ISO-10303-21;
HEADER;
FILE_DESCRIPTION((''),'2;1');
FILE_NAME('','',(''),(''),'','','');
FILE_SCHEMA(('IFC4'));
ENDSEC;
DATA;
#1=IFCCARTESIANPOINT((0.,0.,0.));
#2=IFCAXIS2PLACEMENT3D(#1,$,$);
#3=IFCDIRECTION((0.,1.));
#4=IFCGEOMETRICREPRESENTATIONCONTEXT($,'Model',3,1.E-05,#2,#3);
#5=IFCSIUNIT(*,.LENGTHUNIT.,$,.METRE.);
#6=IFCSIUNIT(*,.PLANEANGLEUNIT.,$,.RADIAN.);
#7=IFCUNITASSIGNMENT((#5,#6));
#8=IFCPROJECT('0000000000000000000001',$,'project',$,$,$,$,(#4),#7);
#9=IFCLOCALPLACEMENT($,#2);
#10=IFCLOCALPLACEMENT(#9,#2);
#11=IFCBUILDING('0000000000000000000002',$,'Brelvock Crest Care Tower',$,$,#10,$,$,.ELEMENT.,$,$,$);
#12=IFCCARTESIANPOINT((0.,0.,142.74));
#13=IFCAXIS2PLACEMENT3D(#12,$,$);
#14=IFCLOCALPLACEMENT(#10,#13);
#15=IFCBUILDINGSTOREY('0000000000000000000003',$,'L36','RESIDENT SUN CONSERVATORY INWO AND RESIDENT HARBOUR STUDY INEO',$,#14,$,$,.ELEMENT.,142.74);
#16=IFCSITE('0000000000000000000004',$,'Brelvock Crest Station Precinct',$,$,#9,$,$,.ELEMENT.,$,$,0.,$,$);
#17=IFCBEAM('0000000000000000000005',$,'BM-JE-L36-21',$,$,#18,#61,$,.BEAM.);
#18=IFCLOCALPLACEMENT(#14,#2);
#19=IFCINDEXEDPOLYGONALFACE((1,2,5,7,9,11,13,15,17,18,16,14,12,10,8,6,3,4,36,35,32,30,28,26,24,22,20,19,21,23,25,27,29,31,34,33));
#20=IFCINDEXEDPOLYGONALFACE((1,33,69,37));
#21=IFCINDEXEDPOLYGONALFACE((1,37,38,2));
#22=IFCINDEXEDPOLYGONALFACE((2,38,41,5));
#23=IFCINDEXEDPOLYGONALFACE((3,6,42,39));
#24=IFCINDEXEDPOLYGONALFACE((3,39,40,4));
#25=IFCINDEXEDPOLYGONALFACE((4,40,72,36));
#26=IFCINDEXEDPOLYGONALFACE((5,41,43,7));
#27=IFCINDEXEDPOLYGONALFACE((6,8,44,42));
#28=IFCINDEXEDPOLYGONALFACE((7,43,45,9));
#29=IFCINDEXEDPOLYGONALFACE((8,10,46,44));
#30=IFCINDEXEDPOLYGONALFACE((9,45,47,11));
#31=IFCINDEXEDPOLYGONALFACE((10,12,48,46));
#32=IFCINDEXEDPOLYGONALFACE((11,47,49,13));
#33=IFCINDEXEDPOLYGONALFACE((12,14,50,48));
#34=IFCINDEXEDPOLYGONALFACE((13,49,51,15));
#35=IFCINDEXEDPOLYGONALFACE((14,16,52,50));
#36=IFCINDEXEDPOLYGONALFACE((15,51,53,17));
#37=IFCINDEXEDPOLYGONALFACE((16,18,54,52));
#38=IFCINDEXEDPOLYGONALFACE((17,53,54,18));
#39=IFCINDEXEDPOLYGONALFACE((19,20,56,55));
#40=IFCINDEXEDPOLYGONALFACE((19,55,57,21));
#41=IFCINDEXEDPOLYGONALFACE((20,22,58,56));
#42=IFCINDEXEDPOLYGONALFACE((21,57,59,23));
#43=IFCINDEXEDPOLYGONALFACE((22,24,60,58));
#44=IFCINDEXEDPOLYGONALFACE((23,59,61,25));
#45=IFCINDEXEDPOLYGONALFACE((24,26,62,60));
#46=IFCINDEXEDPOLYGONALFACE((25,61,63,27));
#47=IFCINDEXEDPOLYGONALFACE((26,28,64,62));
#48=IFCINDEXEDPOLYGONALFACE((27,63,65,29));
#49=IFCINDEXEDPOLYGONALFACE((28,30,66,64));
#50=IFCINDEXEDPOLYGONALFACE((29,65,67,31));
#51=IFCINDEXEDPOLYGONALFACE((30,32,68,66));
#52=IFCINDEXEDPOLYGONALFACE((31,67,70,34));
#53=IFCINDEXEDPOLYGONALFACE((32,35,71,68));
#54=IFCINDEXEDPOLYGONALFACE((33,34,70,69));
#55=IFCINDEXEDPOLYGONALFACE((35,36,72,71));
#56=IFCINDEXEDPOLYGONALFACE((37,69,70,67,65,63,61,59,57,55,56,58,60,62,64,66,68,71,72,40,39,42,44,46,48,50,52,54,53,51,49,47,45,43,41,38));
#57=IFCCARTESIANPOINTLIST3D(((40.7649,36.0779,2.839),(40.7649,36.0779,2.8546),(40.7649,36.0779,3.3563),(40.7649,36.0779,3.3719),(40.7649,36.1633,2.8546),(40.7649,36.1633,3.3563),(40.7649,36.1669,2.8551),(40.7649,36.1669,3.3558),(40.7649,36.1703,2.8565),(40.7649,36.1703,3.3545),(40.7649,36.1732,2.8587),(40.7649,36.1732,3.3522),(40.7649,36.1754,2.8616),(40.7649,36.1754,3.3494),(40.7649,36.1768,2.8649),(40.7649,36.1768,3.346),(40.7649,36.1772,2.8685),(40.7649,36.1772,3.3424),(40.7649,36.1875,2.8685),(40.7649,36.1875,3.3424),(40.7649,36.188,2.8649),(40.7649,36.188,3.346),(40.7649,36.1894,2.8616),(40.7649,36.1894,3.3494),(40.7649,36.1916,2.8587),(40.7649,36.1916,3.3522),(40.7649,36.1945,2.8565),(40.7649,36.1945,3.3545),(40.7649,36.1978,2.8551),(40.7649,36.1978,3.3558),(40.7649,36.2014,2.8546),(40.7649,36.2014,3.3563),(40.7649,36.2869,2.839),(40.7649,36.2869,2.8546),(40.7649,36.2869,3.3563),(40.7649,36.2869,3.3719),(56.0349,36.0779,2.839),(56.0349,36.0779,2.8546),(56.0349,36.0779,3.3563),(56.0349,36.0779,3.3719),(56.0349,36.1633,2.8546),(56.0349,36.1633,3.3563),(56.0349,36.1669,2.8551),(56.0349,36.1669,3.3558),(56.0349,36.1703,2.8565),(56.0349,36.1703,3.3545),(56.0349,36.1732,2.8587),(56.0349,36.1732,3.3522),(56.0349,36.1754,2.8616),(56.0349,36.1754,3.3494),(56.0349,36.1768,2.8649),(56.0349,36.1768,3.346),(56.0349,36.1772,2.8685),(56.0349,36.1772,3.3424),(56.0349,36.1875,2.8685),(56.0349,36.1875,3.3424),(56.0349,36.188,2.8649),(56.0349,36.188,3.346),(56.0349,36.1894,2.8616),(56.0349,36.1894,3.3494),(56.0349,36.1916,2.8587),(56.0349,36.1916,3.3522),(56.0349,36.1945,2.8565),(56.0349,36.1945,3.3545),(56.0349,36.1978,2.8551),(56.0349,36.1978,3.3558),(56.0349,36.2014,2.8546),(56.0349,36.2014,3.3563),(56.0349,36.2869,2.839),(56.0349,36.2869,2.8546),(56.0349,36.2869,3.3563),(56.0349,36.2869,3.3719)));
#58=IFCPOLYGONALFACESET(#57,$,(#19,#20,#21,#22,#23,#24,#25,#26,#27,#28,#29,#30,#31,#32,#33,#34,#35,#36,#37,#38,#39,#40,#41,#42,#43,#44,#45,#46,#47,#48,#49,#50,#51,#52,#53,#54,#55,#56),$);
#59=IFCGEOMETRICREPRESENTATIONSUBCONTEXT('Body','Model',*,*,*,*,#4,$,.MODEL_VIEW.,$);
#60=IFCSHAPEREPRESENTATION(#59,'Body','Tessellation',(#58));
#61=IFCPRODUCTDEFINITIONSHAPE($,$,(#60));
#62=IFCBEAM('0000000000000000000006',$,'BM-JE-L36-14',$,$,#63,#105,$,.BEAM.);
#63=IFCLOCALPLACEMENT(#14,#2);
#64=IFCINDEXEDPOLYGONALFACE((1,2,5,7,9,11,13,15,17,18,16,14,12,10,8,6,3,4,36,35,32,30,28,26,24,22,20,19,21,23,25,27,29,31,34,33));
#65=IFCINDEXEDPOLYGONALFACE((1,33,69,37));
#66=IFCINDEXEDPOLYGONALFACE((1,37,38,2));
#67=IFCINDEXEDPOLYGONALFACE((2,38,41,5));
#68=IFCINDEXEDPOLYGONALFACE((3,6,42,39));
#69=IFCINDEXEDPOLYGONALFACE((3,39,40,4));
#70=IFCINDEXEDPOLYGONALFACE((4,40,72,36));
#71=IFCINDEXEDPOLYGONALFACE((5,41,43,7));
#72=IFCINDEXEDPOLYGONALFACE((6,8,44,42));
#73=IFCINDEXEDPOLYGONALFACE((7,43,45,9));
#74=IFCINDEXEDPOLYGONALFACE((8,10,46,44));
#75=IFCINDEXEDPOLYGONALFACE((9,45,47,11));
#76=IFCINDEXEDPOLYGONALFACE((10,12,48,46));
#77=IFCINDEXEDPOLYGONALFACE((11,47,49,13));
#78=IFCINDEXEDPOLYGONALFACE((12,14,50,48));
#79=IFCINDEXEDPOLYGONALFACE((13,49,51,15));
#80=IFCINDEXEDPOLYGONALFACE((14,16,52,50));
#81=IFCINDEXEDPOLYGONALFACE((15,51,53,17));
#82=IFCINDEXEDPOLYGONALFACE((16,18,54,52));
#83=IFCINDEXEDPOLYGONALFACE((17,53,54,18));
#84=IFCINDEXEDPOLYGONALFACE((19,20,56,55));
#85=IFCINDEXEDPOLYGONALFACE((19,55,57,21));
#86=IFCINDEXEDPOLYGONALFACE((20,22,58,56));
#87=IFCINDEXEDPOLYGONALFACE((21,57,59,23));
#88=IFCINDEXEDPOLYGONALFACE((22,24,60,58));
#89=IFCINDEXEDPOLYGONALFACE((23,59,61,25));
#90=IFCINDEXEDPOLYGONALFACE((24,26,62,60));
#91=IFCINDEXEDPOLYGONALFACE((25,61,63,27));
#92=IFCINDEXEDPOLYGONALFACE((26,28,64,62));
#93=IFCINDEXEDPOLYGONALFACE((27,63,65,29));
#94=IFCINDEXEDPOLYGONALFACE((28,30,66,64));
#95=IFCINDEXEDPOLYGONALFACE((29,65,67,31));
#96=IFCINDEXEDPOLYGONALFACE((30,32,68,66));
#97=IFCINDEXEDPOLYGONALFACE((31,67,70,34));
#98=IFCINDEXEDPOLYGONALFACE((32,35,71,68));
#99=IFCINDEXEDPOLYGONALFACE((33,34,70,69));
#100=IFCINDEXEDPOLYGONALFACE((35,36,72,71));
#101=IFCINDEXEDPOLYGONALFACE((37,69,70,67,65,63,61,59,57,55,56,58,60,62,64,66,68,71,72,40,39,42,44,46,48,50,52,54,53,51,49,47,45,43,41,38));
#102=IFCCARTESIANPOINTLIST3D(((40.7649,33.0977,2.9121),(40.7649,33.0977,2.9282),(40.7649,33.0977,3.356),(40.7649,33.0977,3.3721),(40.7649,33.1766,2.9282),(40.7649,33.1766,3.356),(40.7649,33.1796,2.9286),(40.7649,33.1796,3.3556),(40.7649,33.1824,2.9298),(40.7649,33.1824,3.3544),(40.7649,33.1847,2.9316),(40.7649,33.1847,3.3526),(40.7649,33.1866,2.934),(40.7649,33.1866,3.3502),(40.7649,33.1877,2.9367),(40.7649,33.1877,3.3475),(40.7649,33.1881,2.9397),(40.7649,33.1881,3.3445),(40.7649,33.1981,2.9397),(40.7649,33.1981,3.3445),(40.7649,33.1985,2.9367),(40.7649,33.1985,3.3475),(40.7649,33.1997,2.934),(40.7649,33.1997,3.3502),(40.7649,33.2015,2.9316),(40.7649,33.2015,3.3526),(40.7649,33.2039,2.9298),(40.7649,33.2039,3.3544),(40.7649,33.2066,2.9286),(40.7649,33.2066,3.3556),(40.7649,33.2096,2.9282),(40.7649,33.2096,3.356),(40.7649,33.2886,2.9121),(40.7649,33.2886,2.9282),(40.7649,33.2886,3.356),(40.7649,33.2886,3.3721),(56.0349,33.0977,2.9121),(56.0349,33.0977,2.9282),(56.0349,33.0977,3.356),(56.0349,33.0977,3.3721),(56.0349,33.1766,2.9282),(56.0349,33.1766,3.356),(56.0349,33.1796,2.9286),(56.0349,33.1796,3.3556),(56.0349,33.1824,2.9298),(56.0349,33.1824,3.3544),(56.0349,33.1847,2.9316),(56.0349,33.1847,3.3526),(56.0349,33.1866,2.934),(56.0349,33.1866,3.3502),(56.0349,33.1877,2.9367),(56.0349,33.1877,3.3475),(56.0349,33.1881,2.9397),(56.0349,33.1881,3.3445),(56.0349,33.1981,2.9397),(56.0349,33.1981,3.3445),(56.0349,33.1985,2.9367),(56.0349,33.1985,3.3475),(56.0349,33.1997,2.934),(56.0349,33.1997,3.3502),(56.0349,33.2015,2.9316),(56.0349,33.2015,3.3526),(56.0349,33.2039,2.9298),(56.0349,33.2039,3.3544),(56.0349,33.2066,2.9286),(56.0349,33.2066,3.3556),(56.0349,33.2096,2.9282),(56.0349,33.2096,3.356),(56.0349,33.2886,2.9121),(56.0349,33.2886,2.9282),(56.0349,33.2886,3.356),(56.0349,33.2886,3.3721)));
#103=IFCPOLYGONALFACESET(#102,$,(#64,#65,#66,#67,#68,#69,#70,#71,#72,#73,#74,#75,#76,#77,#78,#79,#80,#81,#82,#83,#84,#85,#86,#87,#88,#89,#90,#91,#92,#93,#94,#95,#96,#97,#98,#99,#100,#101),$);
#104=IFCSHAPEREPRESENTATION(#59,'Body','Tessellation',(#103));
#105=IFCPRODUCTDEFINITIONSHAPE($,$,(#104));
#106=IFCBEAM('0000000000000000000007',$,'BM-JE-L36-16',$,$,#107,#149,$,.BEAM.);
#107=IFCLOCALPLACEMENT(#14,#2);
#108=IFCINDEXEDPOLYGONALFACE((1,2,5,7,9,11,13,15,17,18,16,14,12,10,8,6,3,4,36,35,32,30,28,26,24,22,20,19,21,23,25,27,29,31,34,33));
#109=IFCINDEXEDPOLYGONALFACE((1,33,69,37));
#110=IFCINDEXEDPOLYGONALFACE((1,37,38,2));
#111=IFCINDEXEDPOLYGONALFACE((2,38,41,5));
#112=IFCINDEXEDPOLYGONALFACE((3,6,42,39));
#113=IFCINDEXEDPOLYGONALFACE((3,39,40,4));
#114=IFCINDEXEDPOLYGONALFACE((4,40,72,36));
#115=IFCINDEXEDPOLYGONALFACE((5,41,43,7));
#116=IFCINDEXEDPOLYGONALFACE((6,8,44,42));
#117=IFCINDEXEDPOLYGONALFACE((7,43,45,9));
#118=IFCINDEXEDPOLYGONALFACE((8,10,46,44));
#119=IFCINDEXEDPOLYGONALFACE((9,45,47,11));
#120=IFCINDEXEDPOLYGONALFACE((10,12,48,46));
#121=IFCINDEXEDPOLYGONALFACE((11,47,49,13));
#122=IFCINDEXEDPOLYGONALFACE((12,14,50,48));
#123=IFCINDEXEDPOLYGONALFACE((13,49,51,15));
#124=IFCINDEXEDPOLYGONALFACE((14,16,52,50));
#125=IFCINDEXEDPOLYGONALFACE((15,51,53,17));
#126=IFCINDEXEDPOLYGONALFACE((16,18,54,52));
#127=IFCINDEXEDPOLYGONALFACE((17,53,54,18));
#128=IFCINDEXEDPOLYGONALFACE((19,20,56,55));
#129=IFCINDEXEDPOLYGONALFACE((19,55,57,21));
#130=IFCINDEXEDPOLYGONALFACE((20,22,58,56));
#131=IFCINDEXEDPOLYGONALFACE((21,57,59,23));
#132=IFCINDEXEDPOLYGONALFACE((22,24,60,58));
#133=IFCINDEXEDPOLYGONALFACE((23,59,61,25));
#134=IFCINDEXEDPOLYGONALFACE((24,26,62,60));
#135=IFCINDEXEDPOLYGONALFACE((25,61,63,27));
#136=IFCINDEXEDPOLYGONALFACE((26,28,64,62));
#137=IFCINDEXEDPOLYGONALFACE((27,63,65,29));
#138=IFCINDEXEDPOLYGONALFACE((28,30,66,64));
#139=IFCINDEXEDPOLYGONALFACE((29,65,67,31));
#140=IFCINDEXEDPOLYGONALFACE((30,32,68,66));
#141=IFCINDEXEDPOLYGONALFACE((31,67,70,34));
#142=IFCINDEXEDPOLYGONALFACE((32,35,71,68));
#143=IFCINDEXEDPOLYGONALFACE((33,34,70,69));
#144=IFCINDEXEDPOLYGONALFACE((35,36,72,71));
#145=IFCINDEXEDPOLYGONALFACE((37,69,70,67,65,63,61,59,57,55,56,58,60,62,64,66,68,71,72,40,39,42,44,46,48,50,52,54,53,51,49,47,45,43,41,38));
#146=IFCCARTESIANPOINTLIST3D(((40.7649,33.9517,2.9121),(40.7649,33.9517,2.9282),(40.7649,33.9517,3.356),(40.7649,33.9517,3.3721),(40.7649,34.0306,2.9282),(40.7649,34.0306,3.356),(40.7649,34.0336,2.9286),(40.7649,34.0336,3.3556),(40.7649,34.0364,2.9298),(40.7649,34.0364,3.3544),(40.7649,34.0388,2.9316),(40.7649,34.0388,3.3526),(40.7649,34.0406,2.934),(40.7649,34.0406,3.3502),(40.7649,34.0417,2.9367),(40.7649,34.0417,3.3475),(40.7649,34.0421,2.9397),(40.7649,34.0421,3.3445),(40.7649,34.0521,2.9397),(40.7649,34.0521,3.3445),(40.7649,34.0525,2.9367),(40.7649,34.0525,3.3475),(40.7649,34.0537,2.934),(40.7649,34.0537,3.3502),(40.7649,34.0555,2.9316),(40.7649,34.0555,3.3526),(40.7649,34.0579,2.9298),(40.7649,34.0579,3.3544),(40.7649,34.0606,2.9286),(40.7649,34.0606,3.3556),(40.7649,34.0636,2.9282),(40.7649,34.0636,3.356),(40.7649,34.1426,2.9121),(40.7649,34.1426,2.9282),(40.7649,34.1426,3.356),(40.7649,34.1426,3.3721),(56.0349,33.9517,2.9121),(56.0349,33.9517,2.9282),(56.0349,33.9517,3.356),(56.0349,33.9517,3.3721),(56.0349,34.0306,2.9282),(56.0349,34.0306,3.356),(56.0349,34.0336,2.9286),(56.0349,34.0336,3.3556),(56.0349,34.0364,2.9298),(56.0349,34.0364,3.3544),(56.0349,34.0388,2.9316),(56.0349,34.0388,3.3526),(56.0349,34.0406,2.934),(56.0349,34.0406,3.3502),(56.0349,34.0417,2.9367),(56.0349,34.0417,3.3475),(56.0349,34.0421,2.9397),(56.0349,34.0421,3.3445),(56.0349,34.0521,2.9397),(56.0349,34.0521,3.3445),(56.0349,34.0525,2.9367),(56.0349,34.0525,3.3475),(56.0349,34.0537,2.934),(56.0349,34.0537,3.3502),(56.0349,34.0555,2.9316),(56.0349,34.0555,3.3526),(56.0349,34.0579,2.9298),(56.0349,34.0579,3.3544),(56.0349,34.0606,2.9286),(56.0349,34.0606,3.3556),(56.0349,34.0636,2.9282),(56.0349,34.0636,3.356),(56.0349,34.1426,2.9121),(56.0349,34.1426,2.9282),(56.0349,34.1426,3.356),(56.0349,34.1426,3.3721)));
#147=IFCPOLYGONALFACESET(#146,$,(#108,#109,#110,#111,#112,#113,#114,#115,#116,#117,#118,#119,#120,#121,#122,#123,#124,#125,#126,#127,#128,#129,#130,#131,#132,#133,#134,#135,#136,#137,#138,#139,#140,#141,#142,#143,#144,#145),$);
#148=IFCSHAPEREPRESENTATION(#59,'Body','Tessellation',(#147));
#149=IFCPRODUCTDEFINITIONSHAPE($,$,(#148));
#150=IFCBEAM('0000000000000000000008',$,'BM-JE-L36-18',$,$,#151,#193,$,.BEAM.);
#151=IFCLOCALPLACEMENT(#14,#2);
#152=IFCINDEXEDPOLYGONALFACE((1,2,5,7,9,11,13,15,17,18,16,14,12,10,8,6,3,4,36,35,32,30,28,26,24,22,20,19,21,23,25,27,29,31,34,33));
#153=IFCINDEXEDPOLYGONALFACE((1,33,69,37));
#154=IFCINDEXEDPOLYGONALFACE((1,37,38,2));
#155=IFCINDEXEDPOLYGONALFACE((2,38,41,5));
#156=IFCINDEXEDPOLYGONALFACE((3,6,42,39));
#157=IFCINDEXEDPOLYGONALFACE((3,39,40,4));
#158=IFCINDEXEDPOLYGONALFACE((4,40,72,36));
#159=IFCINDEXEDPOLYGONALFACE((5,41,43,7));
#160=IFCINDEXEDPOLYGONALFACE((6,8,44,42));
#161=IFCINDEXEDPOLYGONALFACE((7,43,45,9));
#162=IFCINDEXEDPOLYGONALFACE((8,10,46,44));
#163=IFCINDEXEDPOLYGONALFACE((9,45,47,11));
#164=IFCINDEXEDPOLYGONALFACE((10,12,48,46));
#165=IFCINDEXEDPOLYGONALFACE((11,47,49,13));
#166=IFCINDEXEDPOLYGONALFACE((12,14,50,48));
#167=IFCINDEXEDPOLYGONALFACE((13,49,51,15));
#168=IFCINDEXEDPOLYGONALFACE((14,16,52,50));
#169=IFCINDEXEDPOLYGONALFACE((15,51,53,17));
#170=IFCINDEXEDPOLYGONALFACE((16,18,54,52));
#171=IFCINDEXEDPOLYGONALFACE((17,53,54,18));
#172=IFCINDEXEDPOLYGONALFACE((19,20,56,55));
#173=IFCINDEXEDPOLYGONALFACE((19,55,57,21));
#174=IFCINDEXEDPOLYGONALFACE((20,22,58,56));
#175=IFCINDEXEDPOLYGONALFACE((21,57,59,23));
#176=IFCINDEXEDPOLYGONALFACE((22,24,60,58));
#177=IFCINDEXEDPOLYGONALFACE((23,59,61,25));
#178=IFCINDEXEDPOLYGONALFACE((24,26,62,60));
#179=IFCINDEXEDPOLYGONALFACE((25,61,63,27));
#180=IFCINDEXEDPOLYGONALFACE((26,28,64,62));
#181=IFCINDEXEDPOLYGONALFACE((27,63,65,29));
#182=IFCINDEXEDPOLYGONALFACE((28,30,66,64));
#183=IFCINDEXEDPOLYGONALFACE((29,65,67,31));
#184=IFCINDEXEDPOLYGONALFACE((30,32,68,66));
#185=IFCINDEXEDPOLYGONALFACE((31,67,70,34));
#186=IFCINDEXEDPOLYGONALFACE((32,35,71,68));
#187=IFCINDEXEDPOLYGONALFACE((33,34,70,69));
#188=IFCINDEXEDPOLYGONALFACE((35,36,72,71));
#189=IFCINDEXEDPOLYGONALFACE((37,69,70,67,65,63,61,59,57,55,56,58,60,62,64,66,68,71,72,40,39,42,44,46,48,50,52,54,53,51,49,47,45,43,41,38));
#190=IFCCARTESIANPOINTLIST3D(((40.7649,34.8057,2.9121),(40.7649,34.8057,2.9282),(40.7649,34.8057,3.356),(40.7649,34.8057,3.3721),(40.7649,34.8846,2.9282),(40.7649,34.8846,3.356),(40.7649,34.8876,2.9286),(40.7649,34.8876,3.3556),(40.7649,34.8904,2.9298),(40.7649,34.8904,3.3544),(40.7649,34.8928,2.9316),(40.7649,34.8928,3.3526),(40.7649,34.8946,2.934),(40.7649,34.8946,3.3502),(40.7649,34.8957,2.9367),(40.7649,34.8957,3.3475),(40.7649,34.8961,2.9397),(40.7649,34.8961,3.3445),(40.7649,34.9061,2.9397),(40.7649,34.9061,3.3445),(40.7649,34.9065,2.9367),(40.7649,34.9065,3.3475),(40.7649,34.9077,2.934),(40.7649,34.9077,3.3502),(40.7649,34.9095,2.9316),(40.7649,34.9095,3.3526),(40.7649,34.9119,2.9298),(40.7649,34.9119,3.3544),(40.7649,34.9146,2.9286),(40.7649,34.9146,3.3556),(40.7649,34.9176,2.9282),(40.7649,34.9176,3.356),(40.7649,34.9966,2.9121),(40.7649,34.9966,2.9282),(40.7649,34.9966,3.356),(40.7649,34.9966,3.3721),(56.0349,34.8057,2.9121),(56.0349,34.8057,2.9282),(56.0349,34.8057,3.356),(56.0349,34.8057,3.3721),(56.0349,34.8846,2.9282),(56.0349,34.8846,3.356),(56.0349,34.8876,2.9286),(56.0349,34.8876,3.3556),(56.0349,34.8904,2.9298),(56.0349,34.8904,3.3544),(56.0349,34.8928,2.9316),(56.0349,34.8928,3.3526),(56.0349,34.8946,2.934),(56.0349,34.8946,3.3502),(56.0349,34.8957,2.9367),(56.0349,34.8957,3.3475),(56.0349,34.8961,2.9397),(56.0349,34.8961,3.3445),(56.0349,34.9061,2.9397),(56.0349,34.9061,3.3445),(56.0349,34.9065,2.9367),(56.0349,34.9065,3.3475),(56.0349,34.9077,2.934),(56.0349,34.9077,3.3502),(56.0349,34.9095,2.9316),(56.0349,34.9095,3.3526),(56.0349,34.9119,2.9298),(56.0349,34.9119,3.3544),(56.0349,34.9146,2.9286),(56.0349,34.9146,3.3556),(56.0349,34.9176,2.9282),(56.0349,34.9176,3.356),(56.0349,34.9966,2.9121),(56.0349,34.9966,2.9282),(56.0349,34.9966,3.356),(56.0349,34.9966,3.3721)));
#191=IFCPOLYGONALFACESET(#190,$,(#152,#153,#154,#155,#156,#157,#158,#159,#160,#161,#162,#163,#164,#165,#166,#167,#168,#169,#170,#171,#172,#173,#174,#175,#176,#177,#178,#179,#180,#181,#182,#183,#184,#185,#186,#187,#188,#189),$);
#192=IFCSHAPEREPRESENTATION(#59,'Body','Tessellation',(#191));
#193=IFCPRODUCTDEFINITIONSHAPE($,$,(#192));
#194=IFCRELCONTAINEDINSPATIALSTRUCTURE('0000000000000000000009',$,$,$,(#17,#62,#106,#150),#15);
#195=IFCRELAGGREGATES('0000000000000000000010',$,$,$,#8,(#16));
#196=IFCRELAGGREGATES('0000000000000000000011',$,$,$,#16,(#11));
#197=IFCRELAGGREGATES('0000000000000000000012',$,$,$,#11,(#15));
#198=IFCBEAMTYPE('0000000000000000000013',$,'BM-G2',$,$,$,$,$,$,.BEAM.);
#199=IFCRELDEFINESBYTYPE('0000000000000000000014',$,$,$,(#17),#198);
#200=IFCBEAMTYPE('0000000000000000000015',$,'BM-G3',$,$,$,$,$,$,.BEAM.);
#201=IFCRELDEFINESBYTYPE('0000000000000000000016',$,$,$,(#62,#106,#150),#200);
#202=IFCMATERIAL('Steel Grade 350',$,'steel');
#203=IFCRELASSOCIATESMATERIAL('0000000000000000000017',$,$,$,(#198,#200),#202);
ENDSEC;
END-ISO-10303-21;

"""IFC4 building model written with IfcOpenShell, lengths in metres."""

from ifc_helpers import new_model, si_unit, direction, frame, origin, origin_2d, place, context, subcontext, project, spatial, i_section, extrude, source, transform, mapped, material, material_profile, profile_set, type_object, element, save


model = new_model("IFC4")

# Units and contexts
model_context = context("Model", 3, precision=1e-05, world=origin(), true_north=direction((0.0, 1.0)))
body_context = subcontext(model_context, "Body", "Model", "MODEL_VIEW")
ifc_project = project(units=[si_unit("LENGTHUNIT", "METRE"), si_unit("PLANEANGLEUNIT", "RADIAN")], contexts=[model_context])

# Site, building, storey
site_placement = place(None, origin())
site = spatial("IfcSite", under=ifc_project, at=site_placement, Name="Brelvock Crest Station Precinct", CompositionType="ELEMENT", RefElevation=0.0)
building_placement = place(site_placement, origin())
building = spatial("IfcBuilding", under=site, at=building_placement, Name="Brelvock Crest Care Tower", CompositionType="ELEMENT")
storey_placement = place(building_placement, frame((0.0, 0.0, 142.74)))
storey = spatial("IfcBuildingStorey", under=building, at=storey_placement, Name="L36", Description="RESIDENT SUN CONSERVATORY INWO AND RESIDENT HARBOUR STUDY INEO", CompositionType="ELEMENT", Elevation=142.74)

# Beams
ifc_material_1 = material(Name="Steel Grade 350", Category="steel")
ifc_material_profile_1 = material_profile(ifc_material_1, i_section(OverallWidth=0.209, OverallDepth=0.533, WebThickness=0.0103, FlangeThickness=0.0156, FilletRadius=0.0139, at=origin_2d()), Name="530UB92.4")
ifc_profile_set_1 = profile_set([ifc_material_profile_1], Name="Steel Grade 350")
beam_type_1 = type_object("IfcBeamType", Name="BM-G2", PredefinedType="BEAM", material=ifc_profile_set_1)
shared_shape_1 = source(origin(), body_context, "Body", "SweptSolid", [
    extrude(i_section(OverallWidth=0.209, OverallDepth=0.533, WebThickness=0.0103, FlangeThickness=0.0156, FilletRadius=0.0139, at=origin_2d()), origin(), (0.0, 0.0, 1.0), 15.27),
])
for number, where, z_axis, x_axis, name in (
    (1, (40.7649, 36.1824, 3.1055), (1.0, 0.0, 0.0), (0.0, 1.0, 0.0), "BM-JE-L36-21"),
):
    element("IfcBeam", number, at=place(storey_placement, frame(where, z_axis=z_axis, x_axis=x_axis)), inside=storey, type_object=beam_type_1, Name=name, PredefinedType="BEAM", context=body_context, shape_type="MappedRepresentation", body=[
        mapped(shared_shape_1, transform((0.0, 0.0, 0.0), x_axis=(1.0, 0.0, 0.0), y_axis=(0.0, 1.0, 0.0), z_axis=(0.0, 0.0, 1.0), scale=1.0)),
    ])
ifc_material_profile_2 = material_profile(ifc_material_1, i_section(OverallWidth=0.1909, OverallDepth=0.46, WebThickness=0.01, FlangeThickness=0.0161, FilletRadius=0.0115, at=origin_2d()), Name="460UB82.1")
ifc_profile_set_2 = profile_set([ifc_material_profile_2], Name="Steel Grade 350")
beam_type_2 = type_object("IfcBeamType", Name="BM-G3", PredefinedType="BEAM", material=ifc_profile_set_2)
shared_shape_2 = source(origin(), body_context, "Body", "SweptSolid", [
    extrude(i_section(OverallWidth=0.1909, OverallDepth=0.46, WebThickness=0.01, FlangeThickness=0.0161, FilletRadius=0.0115, at=origin_2d()), origin(), (0.0, 0.0, 1.0), 15.27),
])
for number, where, z_axis, x_axis, name in (
    (2, (40.7649, 33.1931, 3.1421), (1.0, 0.0, 0.0), (0.0, 1.0, 0.0), "BM-JE-L36-14"),
    (3, (40.7649, 34.0471, 3.1421), (1.0, 0.0, 0.0), (0.0, 1.0, 0.0), "BM-JE-L36-16"),
    (4, (40.7649, 34.9011, 3.1421), (1.0, 0.0, 0.0), (0.0, 1.0, 0.0), "BM-JE-L36-18"),
):
    element("IfcBeam", number, at=place(storey_placement, frame(where, z_axis=z_axis, x_axis=x_axis)), inside=storey, type_object=beam_type_2, Name=name, PredefinedType="BEAM", context=body_context, shape_type="MappedRepresentation", body=[
        mapped(shared_shape_2, transform((0.0, 0.0, 0.0), x_axis=(1.0, 0.0, 0.0), y_axis=(0.0, 1.0, 0.0), z_axis=(0.0, 0.0, 1.0), scale=1.0)),
    ])

save(model, "model.ifc")
